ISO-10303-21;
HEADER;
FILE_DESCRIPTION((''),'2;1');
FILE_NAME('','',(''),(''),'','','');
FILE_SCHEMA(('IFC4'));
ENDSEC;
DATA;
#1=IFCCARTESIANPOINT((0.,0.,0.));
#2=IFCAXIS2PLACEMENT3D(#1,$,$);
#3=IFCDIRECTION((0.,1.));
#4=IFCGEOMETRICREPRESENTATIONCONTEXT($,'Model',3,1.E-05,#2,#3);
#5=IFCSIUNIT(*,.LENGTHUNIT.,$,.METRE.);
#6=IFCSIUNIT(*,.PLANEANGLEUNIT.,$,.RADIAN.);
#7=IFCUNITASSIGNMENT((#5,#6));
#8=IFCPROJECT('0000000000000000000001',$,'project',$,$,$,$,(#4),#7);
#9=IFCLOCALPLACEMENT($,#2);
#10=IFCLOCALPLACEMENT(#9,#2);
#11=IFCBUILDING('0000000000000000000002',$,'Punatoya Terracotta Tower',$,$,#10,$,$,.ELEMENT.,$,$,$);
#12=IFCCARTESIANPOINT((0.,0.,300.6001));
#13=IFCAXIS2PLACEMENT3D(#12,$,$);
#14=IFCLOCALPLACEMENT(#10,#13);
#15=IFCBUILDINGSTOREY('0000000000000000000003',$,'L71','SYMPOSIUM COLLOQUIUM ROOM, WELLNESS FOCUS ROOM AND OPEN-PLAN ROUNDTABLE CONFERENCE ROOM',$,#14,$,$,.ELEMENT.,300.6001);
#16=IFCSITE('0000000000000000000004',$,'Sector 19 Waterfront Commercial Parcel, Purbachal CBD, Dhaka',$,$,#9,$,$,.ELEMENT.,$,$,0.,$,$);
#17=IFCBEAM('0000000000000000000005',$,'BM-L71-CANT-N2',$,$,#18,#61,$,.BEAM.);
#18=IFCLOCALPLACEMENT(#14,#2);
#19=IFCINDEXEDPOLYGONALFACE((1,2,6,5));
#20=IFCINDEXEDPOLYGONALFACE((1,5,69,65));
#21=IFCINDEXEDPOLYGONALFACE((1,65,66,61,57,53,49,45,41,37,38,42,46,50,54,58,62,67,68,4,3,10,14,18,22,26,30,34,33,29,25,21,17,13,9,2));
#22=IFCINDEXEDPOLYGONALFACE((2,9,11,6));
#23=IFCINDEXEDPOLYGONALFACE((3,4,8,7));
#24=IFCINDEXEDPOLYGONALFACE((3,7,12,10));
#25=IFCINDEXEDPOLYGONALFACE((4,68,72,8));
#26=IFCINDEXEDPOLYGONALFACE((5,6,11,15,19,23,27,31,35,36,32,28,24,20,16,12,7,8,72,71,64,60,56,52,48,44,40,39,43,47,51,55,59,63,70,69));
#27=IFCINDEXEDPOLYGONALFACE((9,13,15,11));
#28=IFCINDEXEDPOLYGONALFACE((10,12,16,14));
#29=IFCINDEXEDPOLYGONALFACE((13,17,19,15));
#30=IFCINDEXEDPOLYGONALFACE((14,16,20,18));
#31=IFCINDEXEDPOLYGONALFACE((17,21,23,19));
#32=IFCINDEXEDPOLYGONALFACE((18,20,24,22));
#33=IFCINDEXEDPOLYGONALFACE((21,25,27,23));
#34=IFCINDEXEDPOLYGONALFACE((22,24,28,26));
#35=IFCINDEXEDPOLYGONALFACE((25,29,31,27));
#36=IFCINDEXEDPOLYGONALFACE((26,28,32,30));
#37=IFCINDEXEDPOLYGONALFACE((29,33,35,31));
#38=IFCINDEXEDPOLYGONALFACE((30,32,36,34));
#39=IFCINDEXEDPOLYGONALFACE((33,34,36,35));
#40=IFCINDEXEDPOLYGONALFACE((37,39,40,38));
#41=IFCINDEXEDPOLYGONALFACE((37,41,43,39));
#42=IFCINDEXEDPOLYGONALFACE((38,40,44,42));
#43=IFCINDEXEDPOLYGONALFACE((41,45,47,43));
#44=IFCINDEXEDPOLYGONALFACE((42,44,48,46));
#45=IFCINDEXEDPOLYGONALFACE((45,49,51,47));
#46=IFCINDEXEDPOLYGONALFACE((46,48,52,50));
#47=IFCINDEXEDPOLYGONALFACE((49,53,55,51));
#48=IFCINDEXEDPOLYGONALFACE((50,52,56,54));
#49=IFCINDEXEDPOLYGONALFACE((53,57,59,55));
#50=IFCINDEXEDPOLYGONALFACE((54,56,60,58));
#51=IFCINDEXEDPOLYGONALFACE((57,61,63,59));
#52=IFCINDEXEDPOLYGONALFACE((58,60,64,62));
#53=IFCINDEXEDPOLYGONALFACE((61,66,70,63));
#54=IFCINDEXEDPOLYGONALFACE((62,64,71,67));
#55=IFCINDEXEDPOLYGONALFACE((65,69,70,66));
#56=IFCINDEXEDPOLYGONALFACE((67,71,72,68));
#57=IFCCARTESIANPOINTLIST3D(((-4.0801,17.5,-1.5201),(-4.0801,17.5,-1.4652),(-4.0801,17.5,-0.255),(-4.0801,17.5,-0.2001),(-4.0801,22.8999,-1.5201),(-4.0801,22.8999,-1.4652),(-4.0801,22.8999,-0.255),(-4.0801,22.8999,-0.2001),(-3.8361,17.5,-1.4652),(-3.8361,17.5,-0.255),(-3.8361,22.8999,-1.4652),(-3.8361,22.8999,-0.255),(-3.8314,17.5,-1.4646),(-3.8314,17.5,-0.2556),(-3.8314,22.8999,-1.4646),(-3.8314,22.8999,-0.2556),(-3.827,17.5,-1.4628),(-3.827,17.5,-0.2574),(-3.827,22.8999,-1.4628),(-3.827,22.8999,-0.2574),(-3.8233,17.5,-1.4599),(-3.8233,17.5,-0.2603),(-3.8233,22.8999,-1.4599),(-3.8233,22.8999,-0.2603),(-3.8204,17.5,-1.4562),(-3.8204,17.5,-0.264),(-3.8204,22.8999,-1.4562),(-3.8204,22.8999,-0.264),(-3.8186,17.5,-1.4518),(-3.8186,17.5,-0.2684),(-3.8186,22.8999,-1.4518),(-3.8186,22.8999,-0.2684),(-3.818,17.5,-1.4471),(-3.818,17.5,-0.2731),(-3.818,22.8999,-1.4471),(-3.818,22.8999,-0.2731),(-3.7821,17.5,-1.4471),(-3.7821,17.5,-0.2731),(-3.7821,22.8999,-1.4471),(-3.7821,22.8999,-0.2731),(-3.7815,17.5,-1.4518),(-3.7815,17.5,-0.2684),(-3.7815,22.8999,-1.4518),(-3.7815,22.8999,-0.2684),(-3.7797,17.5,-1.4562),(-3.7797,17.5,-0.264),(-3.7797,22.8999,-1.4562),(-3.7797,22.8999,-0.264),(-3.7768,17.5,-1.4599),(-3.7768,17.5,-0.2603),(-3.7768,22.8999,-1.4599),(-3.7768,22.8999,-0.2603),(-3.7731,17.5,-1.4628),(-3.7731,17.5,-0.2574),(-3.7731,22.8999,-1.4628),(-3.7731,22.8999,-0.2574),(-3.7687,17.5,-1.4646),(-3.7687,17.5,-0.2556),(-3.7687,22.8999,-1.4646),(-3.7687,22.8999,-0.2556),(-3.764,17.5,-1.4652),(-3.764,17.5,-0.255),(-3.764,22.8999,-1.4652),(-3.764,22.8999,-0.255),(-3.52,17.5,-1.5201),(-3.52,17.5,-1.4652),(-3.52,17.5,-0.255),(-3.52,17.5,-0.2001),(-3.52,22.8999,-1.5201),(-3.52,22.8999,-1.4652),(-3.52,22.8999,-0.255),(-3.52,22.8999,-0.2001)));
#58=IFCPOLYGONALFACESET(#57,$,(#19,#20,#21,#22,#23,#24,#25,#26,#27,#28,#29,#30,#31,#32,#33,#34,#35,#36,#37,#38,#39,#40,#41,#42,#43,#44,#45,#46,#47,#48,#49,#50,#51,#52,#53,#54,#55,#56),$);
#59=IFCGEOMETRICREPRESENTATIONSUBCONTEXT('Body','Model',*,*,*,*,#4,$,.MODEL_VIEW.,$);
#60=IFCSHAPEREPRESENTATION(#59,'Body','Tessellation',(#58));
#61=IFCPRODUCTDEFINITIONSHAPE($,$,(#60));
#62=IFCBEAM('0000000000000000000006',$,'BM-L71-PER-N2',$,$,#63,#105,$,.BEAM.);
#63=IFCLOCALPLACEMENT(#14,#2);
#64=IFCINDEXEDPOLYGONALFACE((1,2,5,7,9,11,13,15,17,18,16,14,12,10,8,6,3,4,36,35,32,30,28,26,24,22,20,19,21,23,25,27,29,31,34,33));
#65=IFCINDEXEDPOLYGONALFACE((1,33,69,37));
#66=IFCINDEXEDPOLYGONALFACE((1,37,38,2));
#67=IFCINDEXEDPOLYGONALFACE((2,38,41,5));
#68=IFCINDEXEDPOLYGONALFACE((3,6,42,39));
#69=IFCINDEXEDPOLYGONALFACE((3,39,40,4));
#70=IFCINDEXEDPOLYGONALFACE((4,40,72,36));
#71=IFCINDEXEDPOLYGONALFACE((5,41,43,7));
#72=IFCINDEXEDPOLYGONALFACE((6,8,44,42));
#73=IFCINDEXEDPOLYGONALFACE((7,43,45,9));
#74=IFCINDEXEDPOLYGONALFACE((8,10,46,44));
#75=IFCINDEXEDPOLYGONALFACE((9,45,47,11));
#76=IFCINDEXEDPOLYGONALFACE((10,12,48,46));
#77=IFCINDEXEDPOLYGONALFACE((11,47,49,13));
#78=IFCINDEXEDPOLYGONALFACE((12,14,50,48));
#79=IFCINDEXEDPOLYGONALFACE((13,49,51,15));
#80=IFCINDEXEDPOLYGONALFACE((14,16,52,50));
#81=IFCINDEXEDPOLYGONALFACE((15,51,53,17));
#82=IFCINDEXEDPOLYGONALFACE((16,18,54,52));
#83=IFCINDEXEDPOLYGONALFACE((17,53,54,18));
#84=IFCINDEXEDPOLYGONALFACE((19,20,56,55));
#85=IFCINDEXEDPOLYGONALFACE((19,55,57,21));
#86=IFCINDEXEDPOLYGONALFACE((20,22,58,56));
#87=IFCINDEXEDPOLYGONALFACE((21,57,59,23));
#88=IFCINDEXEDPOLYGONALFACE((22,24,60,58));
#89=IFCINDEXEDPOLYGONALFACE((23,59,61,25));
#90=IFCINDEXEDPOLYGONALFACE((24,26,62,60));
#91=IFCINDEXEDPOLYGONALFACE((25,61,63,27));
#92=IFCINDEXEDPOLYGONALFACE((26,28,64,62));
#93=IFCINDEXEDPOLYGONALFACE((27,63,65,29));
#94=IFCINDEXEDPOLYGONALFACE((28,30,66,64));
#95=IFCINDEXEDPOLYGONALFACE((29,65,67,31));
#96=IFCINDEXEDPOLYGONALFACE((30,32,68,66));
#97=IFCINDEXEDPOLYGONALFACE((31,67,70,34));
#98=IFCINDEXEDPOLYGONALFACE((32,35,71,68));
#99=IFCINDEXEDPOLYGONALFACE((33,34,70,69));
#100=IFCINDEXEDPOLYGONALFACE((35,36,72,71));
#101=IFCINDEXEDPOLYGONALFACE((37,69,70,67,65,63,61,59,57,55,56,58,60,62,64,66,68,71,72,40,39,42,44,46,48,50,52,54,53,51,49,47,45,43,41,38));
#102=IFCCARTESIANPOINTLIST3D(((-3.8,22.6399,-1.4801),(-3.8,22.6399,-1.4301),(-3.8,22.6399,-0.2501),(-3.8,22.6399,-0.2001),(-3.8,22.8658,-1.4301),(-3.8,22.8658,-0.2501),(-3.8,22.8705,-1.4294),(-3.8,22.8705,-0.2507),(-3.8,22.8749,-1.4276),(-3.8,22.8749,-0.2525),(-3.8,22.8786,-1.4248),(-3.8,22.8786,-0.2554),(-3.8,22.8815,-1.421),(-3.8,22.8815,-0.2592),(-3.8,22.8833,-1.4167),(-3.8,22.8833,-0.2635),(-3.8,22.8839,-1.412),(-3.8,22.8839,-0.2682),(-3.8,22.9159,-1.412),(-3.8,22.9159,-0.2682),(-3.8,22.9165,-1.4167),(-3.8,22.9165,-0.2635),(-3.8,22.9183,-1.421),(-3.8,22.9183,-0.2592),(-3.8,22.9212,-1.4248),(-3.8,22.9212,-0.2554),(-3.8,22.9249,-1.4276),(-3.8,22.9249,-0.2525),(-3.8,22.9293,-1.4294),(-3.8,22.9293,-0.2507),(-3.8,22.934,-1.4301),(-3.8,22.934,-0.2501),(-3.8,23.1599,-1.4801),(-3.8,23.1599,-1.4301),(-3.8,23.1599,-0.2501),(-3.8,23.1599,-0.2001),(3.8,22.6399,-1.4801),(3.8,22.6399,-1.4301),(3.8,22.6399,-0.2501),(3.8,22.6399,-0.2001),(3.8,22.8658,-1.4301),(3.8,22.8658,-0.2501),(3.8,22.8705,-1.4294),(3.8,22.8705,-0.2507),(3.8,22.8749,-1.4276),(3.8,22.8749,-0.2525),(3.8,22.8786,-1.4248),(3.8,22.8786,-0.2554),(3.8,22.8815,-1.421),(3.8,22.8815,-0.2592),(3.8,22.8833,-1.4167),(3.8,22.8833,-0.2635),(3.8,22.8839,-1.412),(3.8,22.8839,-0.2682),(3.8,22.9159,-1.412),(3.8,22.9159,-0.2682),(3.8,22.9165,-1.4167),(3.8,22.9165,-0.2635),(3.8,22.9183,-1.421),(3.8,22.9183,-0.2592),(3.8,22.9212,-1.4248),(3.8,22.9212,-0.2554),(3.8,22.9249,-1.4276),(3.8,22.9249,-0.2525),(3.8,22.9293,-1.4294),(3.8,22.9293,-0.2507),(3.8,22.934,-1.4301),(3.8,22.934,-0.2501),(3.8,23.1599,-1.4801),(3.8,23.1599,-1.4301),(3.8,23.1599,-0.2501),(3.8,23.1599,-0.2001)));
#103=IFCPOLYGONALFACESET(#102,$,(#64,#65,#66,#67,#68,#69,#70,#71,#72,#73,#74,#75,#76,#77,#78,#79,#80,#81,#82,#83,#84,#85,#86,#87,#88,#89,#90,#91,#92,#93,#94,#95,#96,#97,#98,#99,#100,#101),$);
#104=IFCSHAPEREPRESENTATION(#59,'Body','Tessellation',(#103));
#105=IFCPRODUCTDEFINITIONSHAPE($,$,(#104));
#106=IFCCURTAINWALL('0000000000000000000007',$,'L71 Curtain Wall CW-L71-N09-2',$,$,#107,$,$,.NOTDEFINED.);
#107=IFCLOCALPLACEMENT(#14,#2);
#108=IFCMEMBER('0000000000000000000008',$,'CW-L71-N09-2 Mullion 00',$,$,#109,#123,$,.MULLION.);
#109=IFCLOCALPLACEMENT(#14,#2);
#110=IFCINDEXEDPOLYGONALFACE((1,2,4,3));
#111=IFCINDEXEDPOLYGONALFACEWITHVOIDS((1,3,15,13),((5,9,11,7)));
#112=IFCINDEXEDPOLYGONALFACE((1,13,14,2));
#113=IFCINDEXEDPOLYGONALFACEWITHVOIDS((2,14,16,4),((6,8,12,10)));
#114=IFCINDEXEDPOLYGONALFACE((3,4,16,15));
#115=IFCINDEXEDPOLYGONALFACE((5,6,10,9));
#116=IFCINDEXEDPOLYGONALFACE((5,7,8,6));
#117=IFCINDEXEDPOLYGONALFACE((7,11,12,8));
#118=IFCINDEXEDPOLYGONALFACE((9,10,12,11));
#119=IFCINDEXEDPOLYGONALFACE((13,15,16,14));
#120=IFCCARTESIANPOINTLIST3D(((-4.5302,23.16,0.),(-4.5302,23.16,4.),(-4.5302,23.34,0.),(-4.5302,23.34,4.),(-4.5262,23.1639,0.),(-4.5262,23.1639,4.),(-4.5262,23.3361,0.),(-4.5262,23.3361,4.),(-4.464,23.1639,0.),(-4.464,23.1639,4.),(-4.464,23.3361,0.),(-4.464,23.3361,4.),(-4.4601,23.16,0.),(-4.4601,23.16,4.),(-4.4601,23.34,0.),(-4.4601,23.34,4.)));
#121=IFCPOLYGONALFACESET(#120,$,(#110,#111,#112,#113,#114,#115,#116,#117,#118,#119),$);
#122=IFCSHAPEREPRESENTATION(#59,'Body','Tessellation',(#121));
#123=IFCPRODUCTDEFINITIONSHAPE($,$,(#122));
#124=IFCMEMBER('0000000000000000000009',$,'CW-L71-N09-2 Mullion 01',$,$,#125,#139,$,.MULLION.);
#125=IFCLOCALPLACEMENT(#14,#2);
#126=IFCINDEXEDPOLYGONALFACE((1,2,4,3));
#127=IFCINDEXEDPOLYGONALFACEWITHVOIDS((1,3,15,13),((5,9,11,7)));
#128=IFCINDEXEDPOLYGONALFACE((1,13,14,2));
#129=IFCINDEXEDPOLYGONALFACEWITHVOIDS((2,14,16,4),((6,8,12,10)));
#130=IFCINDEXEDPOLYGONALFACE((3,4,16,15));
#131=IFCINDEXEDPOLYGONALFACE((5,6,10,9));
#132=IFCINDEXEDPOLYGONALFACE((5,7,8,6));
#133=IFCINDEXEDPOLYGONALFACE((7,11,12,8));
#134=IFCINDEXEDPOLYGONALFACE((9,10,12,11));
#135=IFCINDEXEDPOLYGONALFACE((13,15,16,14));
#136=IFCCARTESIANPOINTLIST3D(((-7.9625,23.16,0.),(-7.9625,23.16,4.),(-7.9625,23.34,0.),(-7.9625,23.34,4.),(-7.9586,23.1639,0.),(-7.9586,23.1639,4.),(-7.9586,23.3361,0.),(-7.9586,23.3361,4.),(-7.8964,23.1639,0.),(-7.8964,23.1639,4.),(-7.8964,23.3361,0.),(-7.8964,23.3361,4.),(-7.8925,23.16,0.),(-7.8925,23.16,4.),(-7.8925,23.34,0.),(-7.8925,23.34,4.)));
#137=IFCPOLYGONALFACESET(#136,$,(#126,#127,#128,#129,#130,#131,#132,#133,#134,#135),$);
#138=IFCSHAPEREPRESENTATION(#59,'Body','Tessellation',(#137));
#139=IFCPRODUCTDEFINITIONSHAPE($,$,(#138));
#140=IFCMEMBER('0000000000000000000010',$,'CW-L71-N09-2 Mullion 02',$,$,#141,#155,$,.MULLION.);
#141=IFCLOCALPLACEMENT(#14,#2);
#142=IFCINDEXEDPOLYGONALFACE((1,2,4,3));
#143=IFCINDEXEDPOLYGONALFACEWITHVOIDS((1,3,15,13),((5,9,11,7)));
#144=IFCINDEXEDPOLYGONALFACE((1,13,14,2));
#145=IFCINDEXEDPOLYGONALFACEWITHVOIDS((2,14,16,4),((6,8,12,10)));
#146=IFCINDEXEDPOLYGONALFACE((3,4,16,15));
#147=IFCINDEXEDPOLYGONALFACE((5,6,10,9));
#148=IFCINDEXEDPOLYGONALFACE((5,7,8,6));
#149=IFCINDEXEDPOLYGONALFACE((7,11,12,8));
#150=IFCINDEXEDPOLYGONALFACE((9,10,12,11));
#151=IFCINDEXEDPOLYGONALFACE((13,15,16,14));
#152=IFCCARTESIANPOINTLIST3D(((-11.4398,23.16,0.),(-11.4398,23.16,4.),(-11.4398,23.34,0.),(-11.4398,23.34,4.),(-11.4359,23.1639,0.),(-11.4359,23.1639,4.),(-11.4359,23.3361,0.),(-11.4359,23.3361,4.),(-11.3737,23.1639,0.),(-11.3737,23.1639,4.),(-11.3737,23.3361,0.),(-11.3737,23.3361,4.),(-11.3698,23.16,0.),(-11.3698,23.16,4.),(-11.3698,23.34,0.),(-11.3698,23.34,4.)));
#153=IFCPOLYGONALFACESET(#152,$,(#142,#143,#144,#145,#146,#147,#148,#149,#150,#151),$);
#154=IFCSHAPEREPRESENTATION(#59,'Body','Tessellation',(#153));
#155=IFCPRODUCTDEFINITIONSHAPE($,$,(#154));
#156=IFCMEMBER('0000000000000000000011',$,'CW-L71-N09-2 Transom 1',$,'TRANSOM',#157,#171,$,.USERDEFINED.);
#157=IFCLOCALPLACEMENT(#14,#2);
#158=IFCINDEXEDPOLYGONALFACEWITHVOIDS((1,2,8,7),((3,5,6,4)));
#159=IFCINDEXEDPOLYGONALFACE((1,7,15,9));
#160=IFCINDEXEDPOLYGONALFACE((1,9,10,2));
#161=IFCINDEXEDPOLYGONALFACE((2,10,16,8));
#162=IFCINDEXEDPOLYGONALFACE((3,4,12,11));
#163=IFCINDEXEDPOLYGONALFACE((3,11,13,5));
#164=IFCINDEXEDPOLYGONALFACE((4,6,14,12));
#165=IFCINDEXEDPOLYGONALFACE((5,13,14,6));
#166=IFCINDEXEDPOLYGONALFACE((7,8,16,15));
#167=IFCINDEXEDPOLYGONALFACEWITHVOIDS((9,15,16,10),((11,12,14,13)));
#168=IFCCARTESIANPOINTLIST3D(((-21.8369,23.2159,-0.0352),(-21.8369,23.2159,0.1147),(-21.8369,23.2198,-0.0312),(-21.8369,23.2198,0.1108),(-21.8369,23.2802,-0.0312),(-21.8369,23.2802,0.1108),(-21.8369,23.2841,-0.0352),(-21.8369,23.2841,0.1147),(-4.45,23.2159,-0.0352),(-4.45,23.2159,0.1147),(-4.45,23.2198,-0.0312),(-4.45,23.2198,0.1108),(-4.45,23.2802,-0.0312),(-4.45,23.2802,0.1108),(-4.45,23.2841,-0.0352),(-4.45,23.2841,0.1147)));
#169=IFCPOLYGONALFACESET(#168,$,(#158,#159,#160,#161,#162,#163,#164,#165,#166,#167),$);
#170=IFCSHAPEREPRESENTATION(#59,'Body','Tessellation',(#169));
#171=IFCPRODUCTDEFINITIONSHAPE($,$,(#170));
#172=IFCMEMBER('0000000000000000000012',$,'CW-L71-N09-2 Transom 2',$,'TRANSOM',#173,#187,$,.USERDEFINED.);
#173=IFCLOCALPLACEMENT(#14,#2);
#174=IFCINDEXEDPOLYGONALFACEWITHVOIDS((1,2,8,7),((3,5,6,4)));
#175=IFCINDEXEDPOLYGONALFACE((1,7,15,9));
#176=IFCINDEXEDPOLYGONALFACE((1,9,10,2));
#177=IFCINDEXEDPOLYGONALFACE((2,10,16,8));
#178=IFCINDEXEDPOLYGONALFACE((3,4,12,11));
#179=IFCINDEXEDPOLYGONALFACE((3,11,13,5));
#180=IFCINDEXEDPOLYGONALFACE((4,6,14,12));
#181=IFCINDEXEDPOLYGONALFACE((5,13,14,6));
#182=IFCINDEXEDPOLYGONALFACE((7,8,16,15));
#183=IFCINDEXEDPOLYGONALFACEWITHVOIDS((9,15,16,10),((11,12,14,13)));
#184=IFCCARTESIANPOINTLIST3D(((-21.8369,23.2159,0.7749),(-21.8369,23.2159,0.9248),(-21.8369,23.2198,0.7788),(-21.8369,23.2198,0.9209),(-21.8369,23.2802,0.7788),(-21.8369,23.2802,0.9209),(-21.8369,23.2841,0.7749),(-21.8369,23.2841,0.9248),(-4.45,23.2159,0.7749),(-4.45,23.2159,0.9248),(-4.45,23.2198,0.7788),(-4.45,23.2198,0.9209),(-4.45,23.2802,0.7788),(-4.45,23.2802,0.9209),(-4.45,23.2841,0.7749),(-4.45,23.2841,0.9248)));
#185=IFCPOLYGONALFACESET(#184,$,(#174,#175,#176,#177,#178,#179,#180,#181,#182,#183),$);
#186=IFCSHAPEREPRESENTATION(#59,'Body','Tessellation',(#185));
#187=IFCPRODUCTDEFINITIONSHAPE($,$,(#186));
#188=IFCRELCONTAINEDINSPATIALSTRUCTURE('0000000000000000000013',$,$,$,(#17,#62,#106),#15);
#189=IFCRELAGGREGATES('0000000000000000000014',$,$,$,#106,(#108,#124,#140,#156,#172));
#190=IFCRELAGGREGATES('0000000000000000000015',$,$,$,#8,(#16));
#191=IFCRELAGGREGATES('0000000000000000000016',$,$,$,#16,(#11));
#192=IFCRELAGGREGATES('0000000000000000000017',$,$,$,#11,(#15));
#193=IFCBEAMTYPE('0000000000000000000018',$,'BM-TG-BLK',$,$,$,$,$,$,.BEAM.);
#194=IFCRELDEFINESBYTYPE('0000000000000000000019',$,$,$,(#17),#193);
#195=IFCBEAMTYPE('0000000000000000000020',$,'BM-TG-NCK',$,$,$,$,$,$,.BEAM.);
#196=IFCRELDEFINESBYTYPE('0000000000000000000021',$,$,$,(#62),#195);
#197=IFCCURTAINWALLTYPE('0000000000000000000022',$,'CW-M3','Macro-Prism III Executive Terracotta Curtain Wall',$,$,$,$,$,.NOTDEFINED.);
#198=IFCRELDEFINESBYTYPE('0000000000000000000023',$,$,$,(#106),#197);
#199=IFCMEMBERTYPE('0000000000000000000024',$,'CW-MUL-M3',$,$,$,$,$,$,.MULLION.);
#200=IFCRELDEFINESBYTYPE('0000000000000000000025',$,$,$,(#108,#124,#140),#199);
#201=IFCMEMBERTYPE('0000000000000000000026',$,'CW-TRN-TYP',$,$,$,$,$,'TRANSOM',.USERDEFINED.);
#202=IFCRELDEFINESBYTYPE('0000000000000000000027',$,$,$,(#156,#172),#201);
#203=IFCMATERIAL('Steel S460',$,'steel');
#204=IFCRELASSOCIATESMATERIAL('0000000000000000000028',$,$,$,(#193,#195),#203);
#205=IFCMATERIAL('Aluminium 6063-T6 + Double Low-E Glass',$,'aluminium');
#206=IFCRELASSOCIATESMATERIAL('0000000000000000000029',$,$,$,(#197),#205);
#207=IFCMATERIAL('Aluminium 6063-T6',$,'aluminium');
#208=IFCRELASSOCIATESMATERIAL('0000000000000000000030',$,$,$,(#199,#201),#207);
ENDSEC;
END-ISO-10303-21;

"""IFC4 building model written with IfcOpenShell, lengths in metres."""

from ifc_helpers import new_model, si_unit, direction, frame, origin, origin_2d, place, context, subcontext, project, spatial, hollow_rectangle, i_section, extrude, material, material_profile, profile_set, type_object, element, aggregate, save


model = new_model("IFC4")

# Units and contexts
model_context = context("Model", 3, precision=1e-05, world=origin(), true_north=direction((0.0, 1.0)))
body_context = subcontext(model_context, "Body", "Model", "MODEL_VIEW")
ifc_project = project(units=[si_unit("LENGTHUNIT", "METRE"), si_unit("PLANEANGLEUNIT", "RADIAN")], contexts=[model_context])

# Site, building, storey
site_placement = place(None, origin())
site = spatial("IfcSite", under=ifc_project, at=site_placement, Name="Sector 19 Waterfront Commercial Parcel, Purbachal CBD, Dhaka", CompositionType="ELEMENT", RefElevation=0.0)
building_placement = place(site_placement, origin())
building = spatial("IfcBuilding", under=site, at=building_placement, Name="Punatoya Terracotta Tower", CompositionType="ELEMENT")
storey_placement = place(building_placement, frame((0.0, 0.0, 300.6001)))
storey = spatial("IfcBuildingStorey", under=building, at=storey_placement, Name="L71", Description="SYMPOSIUM COLLOQUIUM ROOM, WELLNESS FOCUS ROOM AND OPEN-PLAN ROUNDTABLE CONFERENCE ROOM", CompositionType="ELEMENT", Elevation=300.6001)

# Shared definitions
ifc_material_1 = material(Name="Steel S460", Category="steel")

# Beams
ifc_material_profile_1 = material_profile(ifc_material_1, i_section(OverallWidth=0.5601, OverallDepth=1.3201, WebThickness=0.0359, FlangeThickness=0.0549, FilletRadius=0.0181, at=origin_2d()))
ifc_profile_set_1 = profile_set([ifc_material_profile_1], Name="Steel S460")
beam_type_1 = type_object("IfcBeamType", Name="BM-TG-BLK", PredefinedType="BEAM", material=ifc_profile_set_1)
beam_1_placement = place(storey_placement, frame((-3.8, 17.5, -0.8601), z_axis=(0.0, 1.0, 0.0), x_axis=(-1.0, 0.0, 0.0)))
element("IfcBeam", 1, at=beam_1_placement, inside=storey, type_object=beam_type_1, Name="BM-L71-CANT-N2", PredefinedType="BEAM", context=body_context, shape_type="SweptSolid", body=[
    extrude(i_section(OverallWidth=0.5601, OverallDepth=1.3201, WebThickness=0.0359, FlangeThickness=0.0549, FilletRadius=0.0181, at=origin_2d()), origin(), (0.0, 0.0, 1.0), 5.3999),
])
ifc_material_profile_2 = material_profile(ifc_material_1, i_section(OverallWidth=0.52, OverallDepth=1.28, WebThickness=0.032, FlangeThickness=0.05, FilletRadius=0.0181, at=origin_2d()))
ifc_profile_set_2 = profile_set([ifc_material_profile_2], Name="Steel S460")
beam_type_2 = type_object("IfcBeamType", Name="BM-TG-NCK", PredefinedType="BEAM", material=ifc_profile_set_2)
beam_2_placement = place(storey_placement, frame((-3.8, 22.8999, -0.8401), z_axis=(1.0, 0.0, 0.0), x_axis=(0.0, 1.0, 0.0)))
element("IfcBeam", 2, at=beam_2_placement, inside=storey, type_object=beam_type_2, Name="BM-L71-PER-N2", PredefinedType="BEAM", context=body_context, shape_type="SweptSolid", body=[
    extrude(i_section(OverallWidth=0.52, OverallDepth=1.28, WebThickness=0.032, FlangeThickness=0.05, FilletRadius=0.0181, at=origin_2d()), origin(), (0.0, 0.0, 1.0), 7.6001),
])

# Curtain wall, members
ifc_material_2 = material(Name="Aluminium 6063-T6 + Double Low-E Glass", Category="aluminium")
curtain_wall_type = type_object("IfcCurtainWallType", Name="CW-M3", Description="Macro-Prism III Executive Terracotta Curtain Wall", PredefinedType="NOTDEFINED", material=ifc_material_2)
curtain_wall_placement = place(storey_placement, origin())
curtain_wall = element("IfcCurtainWall", 3, at=curtain_wall_placement, inside=storey, type_object=curtain_wall_type, Name="L71 Curtain Wall CW-L71-N09-2", PredefinedType="NOTDEFINED")
ifc_material_3 = material(Name="Aluminium 6063-T6", Category="aluminium")
ifc_material_profile_3 = material_profile(ifc_material_3, hollow_rectangle(XDim=0.0701, YDim=0.1799, WallThickness=0.0039, at=origin_2d()))
ifc_profile_set_3 = profile_set([ifc_material_profile_3], Name="Aluminium 6063-T6")
member_type_1 = type_object("IfcMemberType", Name="CW-MUL-M3", PredefinedType="MULLION", material=ifc_profile_set_3)
member_1_placement = place(storey_placement, frame((-4.4951, 23.25, 0.0), z_axis=(0.0, 0.0, 1.0), x_axis=(1.0, 0.0, 0.0)))
member_1 = element("IfcMember", 4, at=member_1_placement, type_object=member_type_1, Name="CW-L71-N09-2 Mullion 00", PredefinedType="MULLION", context=body_context, shape_type="SweptSolid", body=[
    extrude(hollow_rectangle(XDim=0.0701, YDim=0.1799, WallThickness=0.0039, at=origin_2d()), origin(), (0.0, 0.0, 1.0), 4.0),
])
member_2_placement = place(storey_placement, frame((-7.9275, 23.25, 0.0), z_axis=(0.0, 0.0, 1.0), x_axis=(1.0, 0.0, 0.0)))
member_2 = element("IfcMember", 5, at=member_2_placement, type_object=member_type_1, Name="CW-L71-N09-2 Mullion 01", PredefinedType="MULLION", context=body_context, shape_type="SweptSolid", body=[
    extrude(hollow_rectangle(XDim=0.0701, YDim=0.1799, WallThickness=0.0039, at=origin_2d()), origin(), (0.0, 0.0, 1.0), 4.0),
])
member_3_placement = place(storey_placement, frame((-11.4048, 23.25, 0.0), z_axis=(0.0, 0.0, 1.0), x_axis=(1.0, 0.0, 0.0)))
member_3 = element("IfcMember", 6, at=member_3_placement, type_object=member_type_1, Name="CW-L71-N09-2 Mullion 02", PredefinedType="MULLION", context=body_context, shape_type="SweptSolid", body=[
    extrude(hollow_rectangle(XDim=0.0701, YDim=0.1799, WallThickness=0.0039, at=origin_2d()), origin(), (0.0, 0.0, 1.0), 4.0),
])
ifc_material_profile_4 = material_profile(ifc_material_3, hollow_rectangle(XDim=0.0681, YDim=0.1499, WallThickness=0.0039, at=origin_2d()))
ifc_profile_set_4 = profile_set([ifc_material_profile_4], Name="Aluminium 6063-T6")
member_type_2 = type_object("IfcMemberType", Name="CW-TRN-TYP", ElementType="TRANSOM", PredefinedType="USERDEFINED", material=ifc_profile_set_4)
member_4_placement = place(storey_placement, frame((-4.45, 23.25, 0.0398), z_axis=(-1.0, 0.0, 0.0), x_axis=(0.0, -1.0, 0.0)))
member_4 = element("IfcMember", 7, at=member_4_placement, type_object=member_type_2, Name="CW-L71-N09-2 Transom 1", ObjectType="TRANSOM", PredefinedType="USERDEFINED", context=body_context, shape_type="SweptSolid", body=[
    extrude(hollow_rectangle(XDim=0.0681, YDim=0.1499, WallThickness=0.0039, at=origin_2d()), origin(), (0.0, 0.0, 1.0), 17.387),
])
member_5_placement = place(storey_placement, frame((-4.45, 23.25, 0.8499), z_axis=(-1.0, 0.0, 0.0), x_axis=(0.0, -1.0, 0.0)))
member_5 = element("IfcMember", 8, at=member_5_placement, type_object=member_type_2, Name="CW-L71-N09-2 Transom 2", ObjectType="TRANSOM", PredefinedType="USERDEFINED", context=body_context, shape_type="SweptSolid", body=[
    extrude(hollow_rectangle(XDim=0.0681, YDim=0.1499, WallThickness=0.0039, at=origin_2d()), origin(), (0.0, 0.0, 1.0), 17.387),
])

aggregate(curtain_wall, [member_1, member_2, member_3, member_4, member_5])

save(model, "model.ifc")
